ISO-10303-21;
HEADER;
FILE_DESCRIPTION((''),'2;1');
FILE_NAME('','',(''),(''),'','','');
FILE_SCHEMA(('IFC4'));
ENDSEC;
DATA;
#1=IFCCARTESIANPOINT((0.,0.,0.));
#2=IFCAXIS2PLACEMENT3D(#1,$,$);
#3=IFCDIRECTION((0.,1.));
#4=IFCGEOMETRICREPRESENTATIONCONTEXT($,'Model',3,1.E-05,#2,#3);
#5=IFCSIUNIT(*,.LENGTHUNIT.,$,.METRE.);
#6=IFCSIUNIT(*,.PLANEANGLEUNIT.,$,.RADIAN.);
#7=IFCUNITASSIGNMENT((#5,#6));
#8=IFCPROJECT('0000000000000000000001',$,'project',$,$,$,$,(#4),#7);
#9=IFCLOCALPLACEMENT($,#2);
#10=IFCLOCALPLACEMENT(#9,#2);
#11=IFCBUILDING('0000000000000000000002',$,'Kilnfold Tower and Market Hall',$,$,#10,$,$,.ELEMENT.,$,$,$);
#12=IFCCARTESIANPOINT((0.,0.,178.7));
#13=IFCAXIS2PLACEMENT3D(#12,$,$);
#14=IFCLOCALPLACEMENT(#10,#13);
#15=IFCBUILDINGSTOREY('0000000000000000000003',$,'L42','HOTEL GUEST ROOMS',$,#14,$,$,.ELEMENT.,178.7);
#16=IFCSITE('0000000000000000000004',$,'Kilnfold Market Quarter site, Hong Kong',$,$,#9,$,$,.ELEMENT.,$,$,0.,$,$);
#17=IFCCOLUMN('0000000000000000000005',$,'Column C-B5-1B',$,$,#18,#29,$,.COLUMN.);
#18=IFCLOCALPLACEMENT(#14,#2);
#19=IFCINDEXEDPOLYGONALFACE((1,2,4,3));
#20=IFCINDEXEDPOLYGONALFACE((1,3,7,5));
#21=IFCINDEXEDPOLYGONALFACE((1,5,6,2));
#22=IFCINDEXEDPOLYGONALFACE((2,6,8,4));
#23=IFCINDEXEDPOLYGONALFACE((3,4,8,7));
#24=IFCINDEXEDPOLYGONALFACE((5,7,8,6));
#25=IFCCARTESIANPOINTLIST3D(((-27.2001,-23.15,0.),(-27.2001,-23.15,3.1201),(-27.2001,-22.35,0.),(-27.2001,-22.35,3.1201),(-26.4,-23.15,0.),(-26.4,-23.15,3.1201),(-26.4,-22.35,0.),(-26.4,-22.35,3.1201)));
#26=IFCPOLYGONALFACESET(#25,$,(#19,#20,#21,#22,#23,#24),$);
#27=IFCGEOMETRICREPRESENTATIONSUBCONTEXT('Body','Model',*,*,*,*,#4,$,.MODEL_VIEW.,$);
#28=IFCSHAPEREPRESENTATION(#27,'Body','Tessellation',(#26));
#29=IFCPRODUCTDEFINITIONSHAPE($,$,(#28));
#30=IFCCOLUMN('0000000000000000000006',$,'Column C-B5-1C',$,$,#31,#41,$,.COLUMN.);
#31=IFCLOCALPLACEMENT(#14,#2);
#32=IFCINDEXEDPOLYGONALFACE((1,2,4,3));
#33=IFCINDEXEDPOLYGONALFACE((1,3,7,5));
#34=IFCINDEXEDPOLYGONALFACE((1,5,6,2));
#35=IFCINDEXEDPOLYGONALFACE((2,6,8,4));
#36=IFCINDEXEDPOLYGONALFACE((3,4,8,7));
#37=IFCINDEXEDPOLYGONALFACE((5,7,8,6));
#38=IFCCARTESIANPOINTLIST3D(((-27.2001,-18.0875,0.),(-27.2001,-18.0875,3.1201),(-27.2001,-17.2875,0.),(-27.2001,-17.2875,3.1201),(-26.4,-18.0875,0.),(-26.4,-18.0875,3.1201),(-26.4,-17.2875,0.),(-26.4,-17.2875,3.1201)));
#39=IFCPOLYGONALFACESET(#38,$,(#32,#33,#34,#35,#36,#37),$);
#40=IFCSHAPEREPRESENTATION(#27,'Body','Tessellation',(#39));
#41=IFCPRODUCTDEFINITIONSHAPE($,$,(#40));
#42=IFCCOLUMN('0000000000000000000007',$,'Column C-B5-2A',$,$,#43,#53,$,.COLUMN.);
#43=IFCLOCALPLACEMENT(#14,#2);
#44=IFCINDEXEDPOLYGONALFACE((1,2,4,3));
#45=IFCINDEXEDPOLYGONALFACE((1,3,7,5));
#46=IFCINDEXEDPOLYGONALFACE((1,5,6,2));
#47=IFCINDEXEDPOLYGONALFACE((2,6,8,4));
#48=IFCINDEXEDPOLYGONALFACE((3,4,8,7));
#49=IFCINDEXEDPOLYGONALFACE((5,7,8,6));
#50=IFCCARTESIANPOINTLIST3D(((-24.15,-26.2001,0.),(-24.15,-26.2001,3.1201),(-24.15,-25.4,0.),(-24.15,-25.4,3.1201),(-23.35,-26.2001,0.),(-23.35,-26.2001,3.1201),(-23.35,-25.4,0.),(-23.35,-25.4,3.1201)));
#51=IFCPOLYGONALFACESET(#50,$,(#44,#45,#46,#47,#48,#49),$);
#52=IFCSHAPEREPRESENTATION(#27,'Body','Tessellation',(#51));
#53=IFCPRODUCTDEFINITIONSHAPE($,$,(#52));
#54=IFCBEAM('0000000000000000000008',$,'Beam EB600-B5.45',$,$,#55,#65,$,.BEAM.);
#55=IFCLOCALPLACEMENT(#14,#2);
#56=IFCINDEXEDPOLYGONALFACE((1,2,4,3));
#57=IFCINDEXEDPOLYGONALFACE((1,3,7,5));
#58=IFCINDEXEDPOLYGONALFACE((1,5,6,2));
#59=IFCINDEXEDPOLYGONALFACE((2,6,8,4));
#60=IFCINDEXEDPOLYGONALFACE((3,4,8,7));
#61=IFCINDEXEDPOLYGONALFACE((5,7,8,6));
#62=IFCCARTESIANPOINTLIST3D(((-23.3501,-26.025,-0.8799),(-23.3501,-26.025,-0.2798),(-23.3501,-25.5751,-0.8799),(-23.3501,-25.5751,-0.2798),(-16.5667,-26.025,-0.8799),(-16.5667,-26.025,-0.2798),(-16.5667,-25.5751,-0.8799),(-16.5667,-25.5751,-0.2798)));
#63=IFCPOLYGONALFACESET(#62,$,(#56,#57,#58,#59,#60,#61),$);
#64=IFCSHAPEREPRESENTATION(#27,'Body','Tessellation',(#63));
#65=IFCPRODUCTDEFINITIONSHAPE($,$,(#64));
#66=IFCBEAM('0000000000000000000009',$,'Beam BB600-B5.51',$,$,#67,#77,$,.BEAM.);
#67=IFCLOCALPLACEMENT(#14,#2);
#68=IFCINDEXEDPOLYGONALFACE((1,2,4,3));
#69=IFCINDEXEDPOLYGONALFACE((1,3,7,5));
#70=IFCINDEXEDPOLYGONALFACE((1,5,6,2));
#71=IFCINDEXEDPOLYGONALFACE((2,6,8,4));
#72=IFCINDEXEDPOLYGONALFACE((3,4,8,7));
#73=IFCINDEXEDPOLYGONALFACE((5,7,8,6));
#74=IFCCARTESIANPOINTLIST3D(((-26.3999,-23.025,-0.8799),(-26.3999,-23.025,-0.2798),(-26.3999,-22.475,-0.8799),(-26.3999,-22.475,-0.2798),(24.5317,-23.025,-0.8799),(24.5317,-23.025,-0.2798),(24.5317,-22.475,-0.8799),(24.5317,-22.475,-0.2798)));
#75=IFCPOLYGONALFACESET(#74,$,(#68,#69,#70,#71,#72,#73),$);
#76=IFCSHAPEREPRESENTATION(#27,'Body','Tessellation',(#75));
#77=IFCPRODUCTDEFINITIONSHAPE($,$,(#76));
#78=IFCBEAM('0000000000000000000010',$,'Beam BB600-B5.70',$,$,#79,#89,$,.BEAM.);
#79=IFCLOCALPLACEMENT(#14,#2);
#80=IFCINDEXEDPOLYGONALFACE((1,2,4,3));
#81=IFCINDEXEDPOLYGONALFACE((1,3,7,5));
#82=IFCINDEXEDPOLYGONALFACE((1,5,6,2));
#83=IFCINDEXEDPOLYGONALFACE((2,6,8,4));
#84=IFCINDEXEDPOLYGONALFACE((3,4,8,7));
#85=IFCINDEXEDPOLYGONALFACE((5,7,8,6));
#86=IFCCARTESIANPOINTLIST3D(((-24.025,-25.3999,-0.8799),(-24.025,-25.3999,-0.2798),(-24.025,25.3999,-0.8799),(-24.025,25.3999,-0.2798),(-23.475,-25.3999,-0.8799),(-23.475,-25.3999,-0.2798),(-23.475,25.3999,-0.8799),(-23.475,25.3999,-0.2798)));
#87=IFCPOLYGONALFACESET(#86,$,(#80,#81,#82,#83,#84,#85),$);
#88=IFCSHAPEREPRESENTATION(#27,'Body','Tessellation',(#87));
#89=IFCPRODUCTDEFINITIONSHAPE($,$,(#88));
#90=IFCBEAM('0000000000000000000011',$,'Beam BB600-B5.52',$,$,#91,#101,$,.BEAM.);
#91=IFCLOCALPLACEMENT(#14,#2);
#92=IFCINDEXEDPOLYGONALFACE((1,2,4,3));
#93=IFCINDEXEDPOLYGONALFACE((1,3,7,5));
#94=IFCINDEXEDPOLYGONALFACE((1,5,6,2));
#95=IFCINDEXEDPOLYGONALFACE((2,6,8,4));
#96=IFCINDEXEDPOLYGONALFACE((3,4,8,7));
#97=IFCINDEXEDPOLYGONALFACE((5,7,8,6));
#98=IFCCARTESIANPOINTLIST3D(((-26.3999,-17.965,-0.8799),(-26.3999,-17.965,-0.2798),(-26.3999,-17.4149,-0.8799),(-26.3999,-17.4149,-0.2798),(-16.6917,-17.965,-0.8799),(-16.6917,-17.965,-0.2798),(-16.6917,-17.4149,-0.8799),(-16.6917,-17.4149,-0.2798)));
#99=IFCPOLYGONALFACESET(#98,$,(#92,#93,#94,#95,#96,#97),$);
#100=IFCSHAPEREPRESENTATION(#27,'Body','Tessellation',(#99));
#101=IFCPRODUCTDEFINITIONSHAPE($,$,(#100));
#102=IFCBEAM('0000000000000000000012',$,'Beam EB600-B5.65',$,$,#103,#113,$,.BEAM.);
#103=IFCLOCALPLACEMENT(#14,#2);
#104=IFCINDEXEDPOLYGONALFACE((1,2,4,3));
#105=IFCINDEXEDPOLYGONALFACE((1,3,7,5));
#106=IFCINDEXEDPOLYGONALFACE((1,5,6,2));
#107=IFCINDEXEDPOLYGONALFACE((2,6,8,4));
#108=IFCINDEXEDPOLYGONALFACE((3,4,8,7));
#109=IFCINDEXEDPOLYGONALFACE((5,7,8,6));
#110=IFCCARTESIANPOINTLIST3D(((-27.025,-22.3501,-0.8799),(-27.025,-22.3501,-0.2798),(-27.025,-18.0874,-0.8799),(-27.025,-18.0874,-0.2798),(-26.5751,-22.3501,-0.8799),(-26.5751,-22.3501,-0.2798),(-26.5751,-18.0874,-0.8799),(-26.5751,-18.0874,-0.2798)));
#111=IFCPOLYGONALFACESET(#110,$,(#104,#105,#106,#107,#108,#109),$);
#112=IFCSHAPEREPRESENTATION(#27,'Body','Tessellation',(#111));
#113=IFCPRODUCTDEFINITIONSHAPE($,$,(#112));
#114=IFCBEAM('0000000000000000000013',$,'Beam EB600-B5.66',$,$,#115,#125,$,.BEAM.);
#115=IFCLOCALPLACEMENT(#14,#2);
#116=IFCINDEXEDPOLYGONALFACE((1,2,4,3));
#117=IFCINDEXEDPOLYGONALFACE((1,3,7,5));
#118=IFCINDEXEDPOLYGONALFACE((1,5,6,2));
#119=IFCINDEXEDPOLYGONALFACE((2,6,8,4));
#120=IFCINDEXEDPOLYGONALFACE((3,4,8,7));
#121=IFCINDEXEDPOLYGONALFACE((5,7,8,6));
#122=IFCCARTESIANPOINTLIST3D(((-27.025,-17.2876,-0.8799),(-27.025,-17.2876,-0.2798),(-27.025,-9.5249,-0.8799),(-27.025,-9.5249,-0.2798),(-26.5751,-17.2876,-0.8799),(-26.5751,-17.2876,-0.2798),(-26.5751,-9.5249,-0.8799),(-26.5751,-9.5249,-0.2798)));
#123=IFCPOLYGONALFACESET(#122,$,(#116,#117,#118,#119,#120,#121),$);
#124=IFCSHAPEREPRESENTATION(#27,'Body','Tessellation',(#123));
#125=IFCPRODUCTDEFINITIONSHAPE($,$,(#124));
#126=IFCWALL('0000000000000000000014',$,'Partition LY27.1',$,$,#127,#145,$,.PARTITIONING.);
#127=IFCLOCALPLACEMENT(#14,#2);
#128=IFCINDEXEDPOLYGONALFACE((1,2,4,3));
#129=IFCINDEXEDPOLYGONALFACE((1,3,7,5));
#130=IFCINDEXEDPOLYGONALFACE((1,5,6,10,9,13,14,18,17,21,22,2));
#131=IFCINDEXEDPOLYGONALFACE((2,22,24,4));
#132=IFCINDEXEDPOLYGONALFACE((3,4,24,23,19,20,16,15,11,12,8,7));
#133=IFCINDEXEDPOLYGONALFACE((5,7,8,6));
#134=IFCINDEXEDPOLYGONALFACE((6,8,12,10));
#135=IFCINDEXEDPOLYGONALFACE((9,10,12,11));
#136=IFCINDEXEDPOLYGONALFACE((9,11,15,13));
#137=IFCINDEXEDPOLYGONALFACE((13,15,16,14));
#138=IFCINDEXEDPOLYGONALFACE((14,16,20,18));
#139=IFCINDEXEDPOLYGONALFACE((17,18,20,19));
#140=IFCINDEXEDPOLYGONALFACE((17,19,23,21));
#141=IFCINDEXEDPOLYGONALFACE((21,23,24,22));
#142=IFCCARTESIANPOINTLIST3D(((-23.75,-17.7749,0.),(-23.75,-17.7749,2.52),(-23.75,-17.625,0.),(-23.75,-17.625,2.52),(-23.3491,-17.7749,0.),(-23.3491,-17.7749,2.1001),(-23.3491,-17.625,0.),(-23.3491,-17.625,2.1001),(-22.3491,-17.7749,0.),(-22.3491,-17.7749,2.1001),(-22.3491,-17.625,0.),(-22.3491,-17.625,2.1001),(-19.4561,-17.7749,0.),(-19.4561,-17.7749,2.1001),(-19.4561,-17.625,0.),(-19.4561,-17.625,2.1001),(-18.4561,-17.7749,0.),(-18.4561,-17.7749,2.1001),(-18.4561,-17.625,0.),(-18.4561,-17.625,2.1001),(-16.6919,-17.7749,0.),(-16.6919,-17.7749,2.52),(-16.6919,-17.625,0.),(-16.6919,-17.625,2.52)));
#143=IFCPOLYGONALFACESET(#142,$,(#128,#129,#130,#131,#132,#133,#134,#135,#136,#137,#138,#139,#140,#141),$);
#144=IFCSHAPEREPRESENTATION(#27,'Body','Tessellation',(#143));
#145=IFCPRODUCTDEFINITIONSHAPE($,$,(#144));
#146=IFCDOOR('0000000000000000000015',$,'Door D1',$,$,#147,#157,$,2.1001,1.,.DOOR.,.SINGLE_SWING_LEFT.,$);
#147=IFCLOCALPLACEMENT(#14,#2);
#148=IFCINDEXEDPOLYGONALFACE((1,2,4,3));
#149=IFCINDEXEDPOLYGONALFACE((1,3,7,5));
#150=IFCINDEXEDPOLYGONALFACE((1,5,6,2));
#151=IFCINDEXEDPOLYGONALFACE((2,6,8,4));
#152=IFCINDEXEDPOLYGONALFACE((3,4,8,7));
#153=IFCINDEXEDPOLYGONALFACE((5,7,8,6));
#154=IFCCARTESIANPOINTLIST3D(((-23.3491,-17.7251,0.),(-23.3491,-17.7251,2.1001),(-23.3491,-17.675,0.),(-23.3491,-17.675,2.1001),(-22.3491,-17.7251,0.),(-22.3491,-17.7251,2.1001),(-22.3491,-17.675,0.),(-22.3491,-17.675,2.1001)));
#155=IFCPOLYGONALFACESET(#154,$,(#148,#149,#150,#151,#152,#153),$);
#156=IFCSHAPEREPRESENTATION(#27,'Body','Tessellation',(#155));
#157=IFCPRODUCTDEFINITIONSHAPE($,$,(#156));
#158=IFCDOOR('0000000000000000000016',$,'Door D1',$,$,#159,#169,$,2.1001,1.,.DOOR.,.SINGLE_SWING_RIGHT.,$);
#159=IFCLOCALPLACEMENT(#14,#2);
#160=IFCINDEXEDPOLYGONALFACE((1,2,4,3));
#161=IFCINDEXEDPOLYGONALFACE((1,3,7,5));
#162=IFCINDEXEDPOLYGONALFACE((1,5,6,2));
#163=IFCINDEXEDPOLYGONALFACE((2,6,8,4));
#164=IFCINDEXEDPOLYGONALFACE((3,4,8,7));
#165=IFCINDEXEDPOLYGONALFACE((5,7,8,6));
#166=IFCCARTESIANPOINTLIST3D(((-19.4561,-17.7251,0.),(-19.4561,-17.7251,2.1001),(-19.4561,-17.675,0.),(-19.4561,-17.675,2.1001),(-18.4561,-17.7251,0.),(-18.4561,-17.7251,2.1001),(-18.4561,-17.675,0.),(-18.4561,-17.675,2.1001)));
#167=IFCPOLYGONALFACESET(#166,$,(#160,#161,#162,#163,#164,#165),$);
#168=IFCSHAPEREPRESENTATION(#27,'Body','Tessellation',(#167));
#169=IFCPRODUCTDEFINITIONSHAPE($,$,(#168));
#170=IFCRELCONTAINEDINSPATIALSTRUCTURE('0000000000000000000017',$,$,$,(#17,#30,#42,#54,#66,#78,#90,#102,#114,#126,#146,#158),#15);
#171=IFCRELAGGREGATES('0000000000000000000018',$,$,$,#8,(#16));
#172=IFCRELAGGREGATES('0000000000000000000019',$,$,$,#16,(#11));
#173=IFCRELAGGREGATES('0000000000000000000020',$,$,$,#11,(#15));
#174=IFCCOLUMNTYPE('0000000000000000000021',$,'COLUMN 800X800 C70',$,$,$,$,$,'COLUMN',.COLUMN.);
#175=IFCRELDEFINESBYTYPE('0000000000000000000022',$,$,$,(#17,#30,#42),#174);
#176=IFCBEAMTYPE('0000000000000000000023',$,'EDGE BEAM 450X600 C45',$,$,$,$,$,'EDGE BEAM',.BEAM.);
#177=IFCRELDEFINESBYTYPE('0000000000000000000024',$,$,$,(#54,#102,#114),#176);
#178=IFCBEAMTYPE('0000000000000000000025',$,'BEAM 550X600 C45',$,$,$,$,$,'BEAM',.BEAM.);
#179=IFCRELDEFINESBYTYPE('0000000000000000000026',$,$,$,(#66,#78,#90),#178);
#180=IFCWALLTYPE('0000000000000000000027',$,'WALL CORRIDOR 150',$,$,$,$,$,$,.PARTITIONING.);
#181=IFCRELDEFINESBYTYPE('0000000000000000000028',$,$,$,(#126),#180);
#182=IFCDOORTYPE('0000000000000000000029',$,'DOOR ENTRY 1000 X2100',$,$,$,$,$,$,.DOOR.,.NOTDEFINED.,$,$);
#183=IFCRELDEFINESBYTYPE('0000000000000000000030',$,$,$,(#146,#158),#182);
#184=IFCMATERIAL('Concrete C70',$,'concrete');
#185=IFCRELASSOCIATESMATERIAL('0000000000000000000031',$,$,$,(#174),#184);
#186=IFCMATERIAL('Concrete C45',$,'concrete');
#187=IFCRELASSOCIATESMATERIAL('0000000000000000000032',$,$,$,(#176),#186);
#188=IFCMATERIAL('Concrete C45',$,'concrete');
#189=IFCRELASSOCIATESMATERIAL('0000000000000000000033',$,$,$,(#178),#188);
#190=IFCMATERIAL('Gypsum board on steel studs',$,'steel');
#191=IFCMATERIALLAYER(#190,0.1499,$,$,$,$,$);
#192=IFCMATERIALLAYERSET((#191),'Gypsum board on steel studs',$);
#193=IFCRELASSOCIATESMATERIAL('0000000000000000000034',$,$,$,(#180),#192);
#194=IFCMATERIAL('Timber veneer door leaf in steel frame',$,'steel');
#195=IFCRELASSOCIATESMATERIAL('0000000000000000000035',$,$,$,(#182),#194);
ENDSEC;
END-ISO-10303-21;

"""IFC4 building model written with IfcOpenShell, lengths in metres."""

from ifc_helpers import new_model, si_unit, direction, frame, frame_2d, origin, origin_2d, place, context, subcontext, project, spatial, rectangle, extrude, source, transform, mapped, material, layer, layer_set, material_profile, profile_set, type_object, element, fill, save


model = new_model("IFC4")

# Units and contexts
model_context = context("Model", 3, precision=1e-05, world=origin(), true_north=direction((0.0, 1.0)))
body_context = subcontext(model_context, "Body", "Model", "MODEL_VIEW")
ifc_project = project(units=[si_unit("LENGTHUNIT", "METRE"), si_unit("PLANEANGLEUNIT", "RADIAN")], contexts=[model_context])

# Site, building, storey
site_placement = place(None, origin())
site = spatial("IfcSite", under=ifc_project, at=site_placement, Name="Kilnfold Market Quarter site, Hong Kong", CompositionType="ELEMENT", RefElevation=0.0)
building_placement = place(site_placement, origin())
building = spatial("IfcBuilding", under=site, at=building_placement, Name="Kilnfold Tower and Market Hall", CompositionType="ELEMENT")
storey_placement = place(building_placement, frame((0.0, 0.0, 178.7)))
storey = spatial("IfcBuildingStorey", under=building, at=storey_placement, Name="L42", Description="HOTEL GUEST ROOMS", CompositionType="ELEMENT", Elevation=178.7)

# Columns
ifc_material_1 = material(Name="Concrete C70", Category="concrete")
ifc_material_profile_1 = material_profile(ifc_material_1, rectangle(XDim=0.8, YDim=0.8, at=origin_2d()), Name="RC 800x800")
ifc_profile_set_1 = profile_set([ifc_material_profile_1], Name="Concrete C70")
column_type = type_object("IfcColumnType", Name="COLUMN 800X800 C70", ElementType="COLUMN", PredefinedType="COLUMN", material=ifc_profile_set_1)
shared_shape_1 = source(origin(), body_context, "Body", "SweptSolid", [
    extrude(rectangle(XDim=0.8, YDim=0.8, at=origin_2d()), origin(), (0.0, 0.0, 1.0), 3.1201),
])
for number, where, z_axis, x_axis, name in (
    (1, (-26.8, -22.75, 0.0), (0.0, 0.0, 1.0), (1.0, 0.0, 0.0), "Column C-B5-1B"),
    (2, (-26.8, -17.6875, 0.0), (0.0, 0.0, 1.0), (1.0, 0.0, 0.0), "Column C-B5-1C"),
    (3, (-23.75, -25.8, 0.0), (0.0, 0.0, 1.0), (1.0, 0.0, 0.0), "Column C-B5-2A"),
):
    element("IfcColumn", number, at=place(storey_placement, frame(where, z_axis=z_axis, x_axis=x_axis)), inside=storey, type_object=column_type, Name=name, PredefinedType="COLUMN", context=body_context, shape_type="MappedRepresentation", body=[
        mapped(shared_shape_1, transform((0.0, 0.0, 0.0))),
    ])

# Beams
ifc_material_2 = material(Name="Concrete C45", Category="concrete")
ifc_material_profile_2 = material_profile(ifc_material_2, rectangle(XDim=0.45, YDim=0.6001, at=origin_2d()), Name="RC 450x600")
ifc_profile_set_2 = profile_set([ifc_material_profile_2], Name="Concrete C45")
beam_type_1 = type_object("IfcBeamType", Name="EDGE BEAM 450X600 C45", ElementType="EDGE BEAM", PredefinedType="BEAM", material=ifc_profile_set_2)
shared_shape_2 = source(origin(), body_context, "Body", "SweptSolid", [
    extrude(rectangle(XDim=0.45, YDim=0.6001, at=origin_2d()), origin(), (0.0, 0.0, 1.0), 6.7834),
])
beam_1_placement = place(storey_placement, frame((-23.3501, -25.8, -0.5798), z_axis=(1.0, 0.0, 0.0), x_axis=(0.0, 1.0, 0.0)))
element("IfcBeam", 4, at=beam_1_placement, inside=storey, type_object=beam_type_1, Name="Beam EB600-B5.45", PredefinedType="BEAM", context=body_context, shape_type="MappedRepresentation", body=[
    mapped(shared_shape_2, transform((0.0, 0.0, 0.0))),
])
ifc_material_3 = material(Name="Concrete C45", Category="concrete")
ifc_material_profile_3 = material_profile(ifc_material_3, rectangle(XDim=0.55, YDim=0.6001, at=origin_2d()), Name="RC 550x600")
ifc_profile_set_3 = profile_set([ifc_material_profile_3], Name="Concrete C45")
beam_type_2 = type_object("IfcBeamType", Name="BEAM 550X600 C45", ElementType="BEAM", PredefinedType="BEAM", material=ifc_profile_set_3)
shared_shape_3 = source(origin(), body_context, "Body", "SweptSolid", [
    extrude(rectangle(XDim=0.55, YDim=0.6001, at=origin_2d()), origin(), (0.0, 0.0, 1.0), 50.9316),
])
beam_2_placement = place(storey_placement, frame((-26.3999, -22.75, -0.5798), z_axis=(1.0, 0.0, 0.0), x_axis=(0.0, 1.0, 0.0)))
element("IfcBeam", 5, at=beam_2_placement, inside=storey, type_object=beam_type_2, Name="Beam BB600-B5.51", PredefinedType="BEAM", context=body_context, shape_type="MappedRepresentation", body=[
    mapped(shared_shape_3, transform((0.0, 0.0, 0.0))),
])
shared_shape_4 = source(origin(), body_context, "Body", "SweptSolid", [
    extrude(rectangle(XDim=0.55, YDim=0.6001, at=origin_2d()), origin(), (0.0, 0.0, 1.0), 50.7998),
])
beam_3_placement = place(storey_placement, frame((-23.75, -25.3999, -0.5798), z_axis=(0.0, 1.0, 0.0), x_axis=(-1.0, 0.0, 0.0)))
element("IfcBeam", 6, at=beam_3_placement, inside=storey, type_object=beam_type_2, Name="Beam BB600-B5.70", PredefinedType="BEAM", context=body_context, shape_type="MappedRepresentation", body=[
    mapped(shared_shape_4, transform((0.0, 0.0, 0.0))),
])
shared_shape_5 = source(origin(), body_context, "Body", "SweptSolid", [
    extrude(rectangle(XDim=0.55, YDim=0.6001, at=origin_2d()), origin(), (0.0, 0.0, 1.0), 9.7083),
])
beam_4_placement = place(storey_placement, frame((-26.3999, -17.6899, -0.5798), z_axis=(1.0, 0.0, 0.0), x_axis=(0.0, 1.0, 0.0)))
element("IfcBeam", 7, at=beam_4_placement, inside=storey, type_object=beam_type_2, Name="Beam BB600-B5.52", PredefinedType="BEAM", context=body_context, shape_type="MappedRepresentation", body=[
    mapped(shared_shape_5, transform((0.0, 0.0, 0.0))),
])
shared_shape_6 = source(origin(), body_context, "Body", "SweptSolid", [
    extrude(rectangle(XDim=0.45, YDim=0.6001, at=origin_2d()), origin(), (0.0, 0.0, 1.0), 4.2627),
])
beam_5_placement = place(storey_placement, frame((-26.8, -22.3501, -0.5798), z_axis=(0.0, 1.0, 0.0), x_axis=(-1.0, 0.0, 0.0)))
element("IfcBeam", 8, at=beam_5_placement, inside=storey, type_object=beam_type_1, Name="Beam EB600-B5.65", PredefinedType="BEAM", context=body_context, shape_type="MappedRepresentation", body=[
    mapped(shared_shape_6, transform((0.0, 0.0, 0.0))),
])
shared_shape_7 = source(origin(), body_context, "Body", "SweptSolid", [
    extrude(rectangle(XDim=0.45, YDim=0.6001, at=origin_2d()), origin(), (0.0, 0.0, 1.0), 7.7627),
])
beam_6_placement = place(storey_placement, frame((-26.8, -17.2876, -0.5798), z_axis=(0.0, 1.0, 0.0), x_axis=(-1.0, 0.0, 0.0)))
element("IfcBeam", 9, at=beam_6_placement, inside=storey, type_object=beam_type_1, Name="Beam EB600-B5.66", PredefinedType="BEAM", context=body_context, shape_type="MappedRepresentation", body=[
    mapped(shared_shape_7, transform((0.0, 0.0, 0.0))),
])

# Wall, openings, doors
ifc_material_4 = material(Name="Gypsum board on steel studs", Category="steel")
ifc_layer_1 = layer(ifc_material_4, 0.1499)
ifc_layer_set_1 = layer_set([ifc_layer_1], Name="Gypsum board on steel studs")
wall_type_1 = type_object("IfcWallType", Name="WALL CORRIDOR 150", PredefinedType="PARTITIONING", material=ifc_layer_set_1)
wall_1_placement = place(storey_placement, frame((-23.75, -17.7, 0.0), z_axis=(0.0, 0.0, 1.0), x_axis=(1.0, 0.0, 0.0)))
wall_1 = element("IfcWall", 10, at=wall_1_placement, inside=storey, type_object=wall_type_1, Name="Partition LY27.1", PredefinedType="PARTITIONING", context=body_context, shape_type="SweptSolid", body=[
    extrude(rectangle(XDim=7.0581, YDim=0.1499, at=frame_2d((3.5291, 0.0))), origin(), (0.0, 0.0, 1.0), 2.52),
])
opening_1_placement = place(wall_1_placement, frame((0.4009, 0.0, 0.0)))
opening_1 = element("IfcOpeningElement", 11, at=opening_1_placement, cuts=wall_1, PredefinedType="OPENING", context=body_context, shape_type="SweptSolid", body=[
    extrude(rectangle(XDim=1.0, YDim=2.1001, at=frame_2d((0.5, 1.05))), frame((0.0, 0.085, 0.0), z_axis=(0.0, -1.0, 0.0), x_axis=(1.0, 0.0, 0.0)), (0.0, 0.0, 1.0), 0.1699),
])
opening_2_placement = place(wall_1_placement, frame((4.2939, 0.0, 0.0)))
opening_2 = element("IfcOpeningElement", 12, at=opening_2_placement, cuts=wall_1, PredefinedType="OPENING", context=body_context, shape_type="SweptSolid", body=[
    extrude(rectangle(XDim=1.0, YDim=2.1001, at=frame_2d((0.5, 1.05))), frame((0.0, 0.085, 0.0), z_axis=(0.0, -1.0, 0.0), x_axis=(1.0, 0.0, 0.0)), (0.0, 0.0, 1.0), 0.1699),
])
ifc_material_5 = material(Name="Timber veneer door leaf in steel frame", Category="steel")
door_type_1 = type_object("IfcDoorType", Name="DOOR ENTRY 1000 X2100", OperationType="NOTDEFINED", PredefinedType="DOOR", material=ifc_material_5)
door_1_placement = place(opening_1_placement, origin())
door_1 = element("IfcDoor", 13, at=door_1_placement, inside=storey, type_object=door_type_1, Name="Door D1", OperationType="SINGLE_SWING_LEFT", OverallHeight=2.1001, OverallWidth=1.0, PredefinedType="DOOR", context=body_context, shape_type="SweptSolid", body=[
    extrude(rectangle(XDim=1.0, YDim=2.1001, at=frame_2d((0.5, 1.05))), frame((0.0, 0.0249, 0.0), z_axis=(0.0, -1.0, 0.0), x_axis=(1.0, 0.0, 0.0)), (0.0, 0.0, 1.0), 0.05),
])
fill(opening_1, door_1)
door_2_placement = place(opening_2_placement, origin())
door_2 = element("IfcDoor", 14, at=door_2_placement, inside=storey, type_object=door_type_1, Name="Door D1", OperationType="SINGLE_SWING_RIGHT", OverallHeight=2.1001, OverallWidth=1.0, PredefinedType="DOOR", context=body_context, shape_type="SweptSolid", body=[
    extrude(rectangle(XDim=1.0, YDim=2.1001, at=frame_2d((0.5, 1.05))), frame((0.0, 0.0249, 0.0), z_axis=(0.0, -1.0, 0.0), x_axis=(1.0, 0.0, 0.0)), (0.0, 0.0, 1.0), 0.05),
])
fill(opening_2, door_2)

save(model, "model.ifc")
